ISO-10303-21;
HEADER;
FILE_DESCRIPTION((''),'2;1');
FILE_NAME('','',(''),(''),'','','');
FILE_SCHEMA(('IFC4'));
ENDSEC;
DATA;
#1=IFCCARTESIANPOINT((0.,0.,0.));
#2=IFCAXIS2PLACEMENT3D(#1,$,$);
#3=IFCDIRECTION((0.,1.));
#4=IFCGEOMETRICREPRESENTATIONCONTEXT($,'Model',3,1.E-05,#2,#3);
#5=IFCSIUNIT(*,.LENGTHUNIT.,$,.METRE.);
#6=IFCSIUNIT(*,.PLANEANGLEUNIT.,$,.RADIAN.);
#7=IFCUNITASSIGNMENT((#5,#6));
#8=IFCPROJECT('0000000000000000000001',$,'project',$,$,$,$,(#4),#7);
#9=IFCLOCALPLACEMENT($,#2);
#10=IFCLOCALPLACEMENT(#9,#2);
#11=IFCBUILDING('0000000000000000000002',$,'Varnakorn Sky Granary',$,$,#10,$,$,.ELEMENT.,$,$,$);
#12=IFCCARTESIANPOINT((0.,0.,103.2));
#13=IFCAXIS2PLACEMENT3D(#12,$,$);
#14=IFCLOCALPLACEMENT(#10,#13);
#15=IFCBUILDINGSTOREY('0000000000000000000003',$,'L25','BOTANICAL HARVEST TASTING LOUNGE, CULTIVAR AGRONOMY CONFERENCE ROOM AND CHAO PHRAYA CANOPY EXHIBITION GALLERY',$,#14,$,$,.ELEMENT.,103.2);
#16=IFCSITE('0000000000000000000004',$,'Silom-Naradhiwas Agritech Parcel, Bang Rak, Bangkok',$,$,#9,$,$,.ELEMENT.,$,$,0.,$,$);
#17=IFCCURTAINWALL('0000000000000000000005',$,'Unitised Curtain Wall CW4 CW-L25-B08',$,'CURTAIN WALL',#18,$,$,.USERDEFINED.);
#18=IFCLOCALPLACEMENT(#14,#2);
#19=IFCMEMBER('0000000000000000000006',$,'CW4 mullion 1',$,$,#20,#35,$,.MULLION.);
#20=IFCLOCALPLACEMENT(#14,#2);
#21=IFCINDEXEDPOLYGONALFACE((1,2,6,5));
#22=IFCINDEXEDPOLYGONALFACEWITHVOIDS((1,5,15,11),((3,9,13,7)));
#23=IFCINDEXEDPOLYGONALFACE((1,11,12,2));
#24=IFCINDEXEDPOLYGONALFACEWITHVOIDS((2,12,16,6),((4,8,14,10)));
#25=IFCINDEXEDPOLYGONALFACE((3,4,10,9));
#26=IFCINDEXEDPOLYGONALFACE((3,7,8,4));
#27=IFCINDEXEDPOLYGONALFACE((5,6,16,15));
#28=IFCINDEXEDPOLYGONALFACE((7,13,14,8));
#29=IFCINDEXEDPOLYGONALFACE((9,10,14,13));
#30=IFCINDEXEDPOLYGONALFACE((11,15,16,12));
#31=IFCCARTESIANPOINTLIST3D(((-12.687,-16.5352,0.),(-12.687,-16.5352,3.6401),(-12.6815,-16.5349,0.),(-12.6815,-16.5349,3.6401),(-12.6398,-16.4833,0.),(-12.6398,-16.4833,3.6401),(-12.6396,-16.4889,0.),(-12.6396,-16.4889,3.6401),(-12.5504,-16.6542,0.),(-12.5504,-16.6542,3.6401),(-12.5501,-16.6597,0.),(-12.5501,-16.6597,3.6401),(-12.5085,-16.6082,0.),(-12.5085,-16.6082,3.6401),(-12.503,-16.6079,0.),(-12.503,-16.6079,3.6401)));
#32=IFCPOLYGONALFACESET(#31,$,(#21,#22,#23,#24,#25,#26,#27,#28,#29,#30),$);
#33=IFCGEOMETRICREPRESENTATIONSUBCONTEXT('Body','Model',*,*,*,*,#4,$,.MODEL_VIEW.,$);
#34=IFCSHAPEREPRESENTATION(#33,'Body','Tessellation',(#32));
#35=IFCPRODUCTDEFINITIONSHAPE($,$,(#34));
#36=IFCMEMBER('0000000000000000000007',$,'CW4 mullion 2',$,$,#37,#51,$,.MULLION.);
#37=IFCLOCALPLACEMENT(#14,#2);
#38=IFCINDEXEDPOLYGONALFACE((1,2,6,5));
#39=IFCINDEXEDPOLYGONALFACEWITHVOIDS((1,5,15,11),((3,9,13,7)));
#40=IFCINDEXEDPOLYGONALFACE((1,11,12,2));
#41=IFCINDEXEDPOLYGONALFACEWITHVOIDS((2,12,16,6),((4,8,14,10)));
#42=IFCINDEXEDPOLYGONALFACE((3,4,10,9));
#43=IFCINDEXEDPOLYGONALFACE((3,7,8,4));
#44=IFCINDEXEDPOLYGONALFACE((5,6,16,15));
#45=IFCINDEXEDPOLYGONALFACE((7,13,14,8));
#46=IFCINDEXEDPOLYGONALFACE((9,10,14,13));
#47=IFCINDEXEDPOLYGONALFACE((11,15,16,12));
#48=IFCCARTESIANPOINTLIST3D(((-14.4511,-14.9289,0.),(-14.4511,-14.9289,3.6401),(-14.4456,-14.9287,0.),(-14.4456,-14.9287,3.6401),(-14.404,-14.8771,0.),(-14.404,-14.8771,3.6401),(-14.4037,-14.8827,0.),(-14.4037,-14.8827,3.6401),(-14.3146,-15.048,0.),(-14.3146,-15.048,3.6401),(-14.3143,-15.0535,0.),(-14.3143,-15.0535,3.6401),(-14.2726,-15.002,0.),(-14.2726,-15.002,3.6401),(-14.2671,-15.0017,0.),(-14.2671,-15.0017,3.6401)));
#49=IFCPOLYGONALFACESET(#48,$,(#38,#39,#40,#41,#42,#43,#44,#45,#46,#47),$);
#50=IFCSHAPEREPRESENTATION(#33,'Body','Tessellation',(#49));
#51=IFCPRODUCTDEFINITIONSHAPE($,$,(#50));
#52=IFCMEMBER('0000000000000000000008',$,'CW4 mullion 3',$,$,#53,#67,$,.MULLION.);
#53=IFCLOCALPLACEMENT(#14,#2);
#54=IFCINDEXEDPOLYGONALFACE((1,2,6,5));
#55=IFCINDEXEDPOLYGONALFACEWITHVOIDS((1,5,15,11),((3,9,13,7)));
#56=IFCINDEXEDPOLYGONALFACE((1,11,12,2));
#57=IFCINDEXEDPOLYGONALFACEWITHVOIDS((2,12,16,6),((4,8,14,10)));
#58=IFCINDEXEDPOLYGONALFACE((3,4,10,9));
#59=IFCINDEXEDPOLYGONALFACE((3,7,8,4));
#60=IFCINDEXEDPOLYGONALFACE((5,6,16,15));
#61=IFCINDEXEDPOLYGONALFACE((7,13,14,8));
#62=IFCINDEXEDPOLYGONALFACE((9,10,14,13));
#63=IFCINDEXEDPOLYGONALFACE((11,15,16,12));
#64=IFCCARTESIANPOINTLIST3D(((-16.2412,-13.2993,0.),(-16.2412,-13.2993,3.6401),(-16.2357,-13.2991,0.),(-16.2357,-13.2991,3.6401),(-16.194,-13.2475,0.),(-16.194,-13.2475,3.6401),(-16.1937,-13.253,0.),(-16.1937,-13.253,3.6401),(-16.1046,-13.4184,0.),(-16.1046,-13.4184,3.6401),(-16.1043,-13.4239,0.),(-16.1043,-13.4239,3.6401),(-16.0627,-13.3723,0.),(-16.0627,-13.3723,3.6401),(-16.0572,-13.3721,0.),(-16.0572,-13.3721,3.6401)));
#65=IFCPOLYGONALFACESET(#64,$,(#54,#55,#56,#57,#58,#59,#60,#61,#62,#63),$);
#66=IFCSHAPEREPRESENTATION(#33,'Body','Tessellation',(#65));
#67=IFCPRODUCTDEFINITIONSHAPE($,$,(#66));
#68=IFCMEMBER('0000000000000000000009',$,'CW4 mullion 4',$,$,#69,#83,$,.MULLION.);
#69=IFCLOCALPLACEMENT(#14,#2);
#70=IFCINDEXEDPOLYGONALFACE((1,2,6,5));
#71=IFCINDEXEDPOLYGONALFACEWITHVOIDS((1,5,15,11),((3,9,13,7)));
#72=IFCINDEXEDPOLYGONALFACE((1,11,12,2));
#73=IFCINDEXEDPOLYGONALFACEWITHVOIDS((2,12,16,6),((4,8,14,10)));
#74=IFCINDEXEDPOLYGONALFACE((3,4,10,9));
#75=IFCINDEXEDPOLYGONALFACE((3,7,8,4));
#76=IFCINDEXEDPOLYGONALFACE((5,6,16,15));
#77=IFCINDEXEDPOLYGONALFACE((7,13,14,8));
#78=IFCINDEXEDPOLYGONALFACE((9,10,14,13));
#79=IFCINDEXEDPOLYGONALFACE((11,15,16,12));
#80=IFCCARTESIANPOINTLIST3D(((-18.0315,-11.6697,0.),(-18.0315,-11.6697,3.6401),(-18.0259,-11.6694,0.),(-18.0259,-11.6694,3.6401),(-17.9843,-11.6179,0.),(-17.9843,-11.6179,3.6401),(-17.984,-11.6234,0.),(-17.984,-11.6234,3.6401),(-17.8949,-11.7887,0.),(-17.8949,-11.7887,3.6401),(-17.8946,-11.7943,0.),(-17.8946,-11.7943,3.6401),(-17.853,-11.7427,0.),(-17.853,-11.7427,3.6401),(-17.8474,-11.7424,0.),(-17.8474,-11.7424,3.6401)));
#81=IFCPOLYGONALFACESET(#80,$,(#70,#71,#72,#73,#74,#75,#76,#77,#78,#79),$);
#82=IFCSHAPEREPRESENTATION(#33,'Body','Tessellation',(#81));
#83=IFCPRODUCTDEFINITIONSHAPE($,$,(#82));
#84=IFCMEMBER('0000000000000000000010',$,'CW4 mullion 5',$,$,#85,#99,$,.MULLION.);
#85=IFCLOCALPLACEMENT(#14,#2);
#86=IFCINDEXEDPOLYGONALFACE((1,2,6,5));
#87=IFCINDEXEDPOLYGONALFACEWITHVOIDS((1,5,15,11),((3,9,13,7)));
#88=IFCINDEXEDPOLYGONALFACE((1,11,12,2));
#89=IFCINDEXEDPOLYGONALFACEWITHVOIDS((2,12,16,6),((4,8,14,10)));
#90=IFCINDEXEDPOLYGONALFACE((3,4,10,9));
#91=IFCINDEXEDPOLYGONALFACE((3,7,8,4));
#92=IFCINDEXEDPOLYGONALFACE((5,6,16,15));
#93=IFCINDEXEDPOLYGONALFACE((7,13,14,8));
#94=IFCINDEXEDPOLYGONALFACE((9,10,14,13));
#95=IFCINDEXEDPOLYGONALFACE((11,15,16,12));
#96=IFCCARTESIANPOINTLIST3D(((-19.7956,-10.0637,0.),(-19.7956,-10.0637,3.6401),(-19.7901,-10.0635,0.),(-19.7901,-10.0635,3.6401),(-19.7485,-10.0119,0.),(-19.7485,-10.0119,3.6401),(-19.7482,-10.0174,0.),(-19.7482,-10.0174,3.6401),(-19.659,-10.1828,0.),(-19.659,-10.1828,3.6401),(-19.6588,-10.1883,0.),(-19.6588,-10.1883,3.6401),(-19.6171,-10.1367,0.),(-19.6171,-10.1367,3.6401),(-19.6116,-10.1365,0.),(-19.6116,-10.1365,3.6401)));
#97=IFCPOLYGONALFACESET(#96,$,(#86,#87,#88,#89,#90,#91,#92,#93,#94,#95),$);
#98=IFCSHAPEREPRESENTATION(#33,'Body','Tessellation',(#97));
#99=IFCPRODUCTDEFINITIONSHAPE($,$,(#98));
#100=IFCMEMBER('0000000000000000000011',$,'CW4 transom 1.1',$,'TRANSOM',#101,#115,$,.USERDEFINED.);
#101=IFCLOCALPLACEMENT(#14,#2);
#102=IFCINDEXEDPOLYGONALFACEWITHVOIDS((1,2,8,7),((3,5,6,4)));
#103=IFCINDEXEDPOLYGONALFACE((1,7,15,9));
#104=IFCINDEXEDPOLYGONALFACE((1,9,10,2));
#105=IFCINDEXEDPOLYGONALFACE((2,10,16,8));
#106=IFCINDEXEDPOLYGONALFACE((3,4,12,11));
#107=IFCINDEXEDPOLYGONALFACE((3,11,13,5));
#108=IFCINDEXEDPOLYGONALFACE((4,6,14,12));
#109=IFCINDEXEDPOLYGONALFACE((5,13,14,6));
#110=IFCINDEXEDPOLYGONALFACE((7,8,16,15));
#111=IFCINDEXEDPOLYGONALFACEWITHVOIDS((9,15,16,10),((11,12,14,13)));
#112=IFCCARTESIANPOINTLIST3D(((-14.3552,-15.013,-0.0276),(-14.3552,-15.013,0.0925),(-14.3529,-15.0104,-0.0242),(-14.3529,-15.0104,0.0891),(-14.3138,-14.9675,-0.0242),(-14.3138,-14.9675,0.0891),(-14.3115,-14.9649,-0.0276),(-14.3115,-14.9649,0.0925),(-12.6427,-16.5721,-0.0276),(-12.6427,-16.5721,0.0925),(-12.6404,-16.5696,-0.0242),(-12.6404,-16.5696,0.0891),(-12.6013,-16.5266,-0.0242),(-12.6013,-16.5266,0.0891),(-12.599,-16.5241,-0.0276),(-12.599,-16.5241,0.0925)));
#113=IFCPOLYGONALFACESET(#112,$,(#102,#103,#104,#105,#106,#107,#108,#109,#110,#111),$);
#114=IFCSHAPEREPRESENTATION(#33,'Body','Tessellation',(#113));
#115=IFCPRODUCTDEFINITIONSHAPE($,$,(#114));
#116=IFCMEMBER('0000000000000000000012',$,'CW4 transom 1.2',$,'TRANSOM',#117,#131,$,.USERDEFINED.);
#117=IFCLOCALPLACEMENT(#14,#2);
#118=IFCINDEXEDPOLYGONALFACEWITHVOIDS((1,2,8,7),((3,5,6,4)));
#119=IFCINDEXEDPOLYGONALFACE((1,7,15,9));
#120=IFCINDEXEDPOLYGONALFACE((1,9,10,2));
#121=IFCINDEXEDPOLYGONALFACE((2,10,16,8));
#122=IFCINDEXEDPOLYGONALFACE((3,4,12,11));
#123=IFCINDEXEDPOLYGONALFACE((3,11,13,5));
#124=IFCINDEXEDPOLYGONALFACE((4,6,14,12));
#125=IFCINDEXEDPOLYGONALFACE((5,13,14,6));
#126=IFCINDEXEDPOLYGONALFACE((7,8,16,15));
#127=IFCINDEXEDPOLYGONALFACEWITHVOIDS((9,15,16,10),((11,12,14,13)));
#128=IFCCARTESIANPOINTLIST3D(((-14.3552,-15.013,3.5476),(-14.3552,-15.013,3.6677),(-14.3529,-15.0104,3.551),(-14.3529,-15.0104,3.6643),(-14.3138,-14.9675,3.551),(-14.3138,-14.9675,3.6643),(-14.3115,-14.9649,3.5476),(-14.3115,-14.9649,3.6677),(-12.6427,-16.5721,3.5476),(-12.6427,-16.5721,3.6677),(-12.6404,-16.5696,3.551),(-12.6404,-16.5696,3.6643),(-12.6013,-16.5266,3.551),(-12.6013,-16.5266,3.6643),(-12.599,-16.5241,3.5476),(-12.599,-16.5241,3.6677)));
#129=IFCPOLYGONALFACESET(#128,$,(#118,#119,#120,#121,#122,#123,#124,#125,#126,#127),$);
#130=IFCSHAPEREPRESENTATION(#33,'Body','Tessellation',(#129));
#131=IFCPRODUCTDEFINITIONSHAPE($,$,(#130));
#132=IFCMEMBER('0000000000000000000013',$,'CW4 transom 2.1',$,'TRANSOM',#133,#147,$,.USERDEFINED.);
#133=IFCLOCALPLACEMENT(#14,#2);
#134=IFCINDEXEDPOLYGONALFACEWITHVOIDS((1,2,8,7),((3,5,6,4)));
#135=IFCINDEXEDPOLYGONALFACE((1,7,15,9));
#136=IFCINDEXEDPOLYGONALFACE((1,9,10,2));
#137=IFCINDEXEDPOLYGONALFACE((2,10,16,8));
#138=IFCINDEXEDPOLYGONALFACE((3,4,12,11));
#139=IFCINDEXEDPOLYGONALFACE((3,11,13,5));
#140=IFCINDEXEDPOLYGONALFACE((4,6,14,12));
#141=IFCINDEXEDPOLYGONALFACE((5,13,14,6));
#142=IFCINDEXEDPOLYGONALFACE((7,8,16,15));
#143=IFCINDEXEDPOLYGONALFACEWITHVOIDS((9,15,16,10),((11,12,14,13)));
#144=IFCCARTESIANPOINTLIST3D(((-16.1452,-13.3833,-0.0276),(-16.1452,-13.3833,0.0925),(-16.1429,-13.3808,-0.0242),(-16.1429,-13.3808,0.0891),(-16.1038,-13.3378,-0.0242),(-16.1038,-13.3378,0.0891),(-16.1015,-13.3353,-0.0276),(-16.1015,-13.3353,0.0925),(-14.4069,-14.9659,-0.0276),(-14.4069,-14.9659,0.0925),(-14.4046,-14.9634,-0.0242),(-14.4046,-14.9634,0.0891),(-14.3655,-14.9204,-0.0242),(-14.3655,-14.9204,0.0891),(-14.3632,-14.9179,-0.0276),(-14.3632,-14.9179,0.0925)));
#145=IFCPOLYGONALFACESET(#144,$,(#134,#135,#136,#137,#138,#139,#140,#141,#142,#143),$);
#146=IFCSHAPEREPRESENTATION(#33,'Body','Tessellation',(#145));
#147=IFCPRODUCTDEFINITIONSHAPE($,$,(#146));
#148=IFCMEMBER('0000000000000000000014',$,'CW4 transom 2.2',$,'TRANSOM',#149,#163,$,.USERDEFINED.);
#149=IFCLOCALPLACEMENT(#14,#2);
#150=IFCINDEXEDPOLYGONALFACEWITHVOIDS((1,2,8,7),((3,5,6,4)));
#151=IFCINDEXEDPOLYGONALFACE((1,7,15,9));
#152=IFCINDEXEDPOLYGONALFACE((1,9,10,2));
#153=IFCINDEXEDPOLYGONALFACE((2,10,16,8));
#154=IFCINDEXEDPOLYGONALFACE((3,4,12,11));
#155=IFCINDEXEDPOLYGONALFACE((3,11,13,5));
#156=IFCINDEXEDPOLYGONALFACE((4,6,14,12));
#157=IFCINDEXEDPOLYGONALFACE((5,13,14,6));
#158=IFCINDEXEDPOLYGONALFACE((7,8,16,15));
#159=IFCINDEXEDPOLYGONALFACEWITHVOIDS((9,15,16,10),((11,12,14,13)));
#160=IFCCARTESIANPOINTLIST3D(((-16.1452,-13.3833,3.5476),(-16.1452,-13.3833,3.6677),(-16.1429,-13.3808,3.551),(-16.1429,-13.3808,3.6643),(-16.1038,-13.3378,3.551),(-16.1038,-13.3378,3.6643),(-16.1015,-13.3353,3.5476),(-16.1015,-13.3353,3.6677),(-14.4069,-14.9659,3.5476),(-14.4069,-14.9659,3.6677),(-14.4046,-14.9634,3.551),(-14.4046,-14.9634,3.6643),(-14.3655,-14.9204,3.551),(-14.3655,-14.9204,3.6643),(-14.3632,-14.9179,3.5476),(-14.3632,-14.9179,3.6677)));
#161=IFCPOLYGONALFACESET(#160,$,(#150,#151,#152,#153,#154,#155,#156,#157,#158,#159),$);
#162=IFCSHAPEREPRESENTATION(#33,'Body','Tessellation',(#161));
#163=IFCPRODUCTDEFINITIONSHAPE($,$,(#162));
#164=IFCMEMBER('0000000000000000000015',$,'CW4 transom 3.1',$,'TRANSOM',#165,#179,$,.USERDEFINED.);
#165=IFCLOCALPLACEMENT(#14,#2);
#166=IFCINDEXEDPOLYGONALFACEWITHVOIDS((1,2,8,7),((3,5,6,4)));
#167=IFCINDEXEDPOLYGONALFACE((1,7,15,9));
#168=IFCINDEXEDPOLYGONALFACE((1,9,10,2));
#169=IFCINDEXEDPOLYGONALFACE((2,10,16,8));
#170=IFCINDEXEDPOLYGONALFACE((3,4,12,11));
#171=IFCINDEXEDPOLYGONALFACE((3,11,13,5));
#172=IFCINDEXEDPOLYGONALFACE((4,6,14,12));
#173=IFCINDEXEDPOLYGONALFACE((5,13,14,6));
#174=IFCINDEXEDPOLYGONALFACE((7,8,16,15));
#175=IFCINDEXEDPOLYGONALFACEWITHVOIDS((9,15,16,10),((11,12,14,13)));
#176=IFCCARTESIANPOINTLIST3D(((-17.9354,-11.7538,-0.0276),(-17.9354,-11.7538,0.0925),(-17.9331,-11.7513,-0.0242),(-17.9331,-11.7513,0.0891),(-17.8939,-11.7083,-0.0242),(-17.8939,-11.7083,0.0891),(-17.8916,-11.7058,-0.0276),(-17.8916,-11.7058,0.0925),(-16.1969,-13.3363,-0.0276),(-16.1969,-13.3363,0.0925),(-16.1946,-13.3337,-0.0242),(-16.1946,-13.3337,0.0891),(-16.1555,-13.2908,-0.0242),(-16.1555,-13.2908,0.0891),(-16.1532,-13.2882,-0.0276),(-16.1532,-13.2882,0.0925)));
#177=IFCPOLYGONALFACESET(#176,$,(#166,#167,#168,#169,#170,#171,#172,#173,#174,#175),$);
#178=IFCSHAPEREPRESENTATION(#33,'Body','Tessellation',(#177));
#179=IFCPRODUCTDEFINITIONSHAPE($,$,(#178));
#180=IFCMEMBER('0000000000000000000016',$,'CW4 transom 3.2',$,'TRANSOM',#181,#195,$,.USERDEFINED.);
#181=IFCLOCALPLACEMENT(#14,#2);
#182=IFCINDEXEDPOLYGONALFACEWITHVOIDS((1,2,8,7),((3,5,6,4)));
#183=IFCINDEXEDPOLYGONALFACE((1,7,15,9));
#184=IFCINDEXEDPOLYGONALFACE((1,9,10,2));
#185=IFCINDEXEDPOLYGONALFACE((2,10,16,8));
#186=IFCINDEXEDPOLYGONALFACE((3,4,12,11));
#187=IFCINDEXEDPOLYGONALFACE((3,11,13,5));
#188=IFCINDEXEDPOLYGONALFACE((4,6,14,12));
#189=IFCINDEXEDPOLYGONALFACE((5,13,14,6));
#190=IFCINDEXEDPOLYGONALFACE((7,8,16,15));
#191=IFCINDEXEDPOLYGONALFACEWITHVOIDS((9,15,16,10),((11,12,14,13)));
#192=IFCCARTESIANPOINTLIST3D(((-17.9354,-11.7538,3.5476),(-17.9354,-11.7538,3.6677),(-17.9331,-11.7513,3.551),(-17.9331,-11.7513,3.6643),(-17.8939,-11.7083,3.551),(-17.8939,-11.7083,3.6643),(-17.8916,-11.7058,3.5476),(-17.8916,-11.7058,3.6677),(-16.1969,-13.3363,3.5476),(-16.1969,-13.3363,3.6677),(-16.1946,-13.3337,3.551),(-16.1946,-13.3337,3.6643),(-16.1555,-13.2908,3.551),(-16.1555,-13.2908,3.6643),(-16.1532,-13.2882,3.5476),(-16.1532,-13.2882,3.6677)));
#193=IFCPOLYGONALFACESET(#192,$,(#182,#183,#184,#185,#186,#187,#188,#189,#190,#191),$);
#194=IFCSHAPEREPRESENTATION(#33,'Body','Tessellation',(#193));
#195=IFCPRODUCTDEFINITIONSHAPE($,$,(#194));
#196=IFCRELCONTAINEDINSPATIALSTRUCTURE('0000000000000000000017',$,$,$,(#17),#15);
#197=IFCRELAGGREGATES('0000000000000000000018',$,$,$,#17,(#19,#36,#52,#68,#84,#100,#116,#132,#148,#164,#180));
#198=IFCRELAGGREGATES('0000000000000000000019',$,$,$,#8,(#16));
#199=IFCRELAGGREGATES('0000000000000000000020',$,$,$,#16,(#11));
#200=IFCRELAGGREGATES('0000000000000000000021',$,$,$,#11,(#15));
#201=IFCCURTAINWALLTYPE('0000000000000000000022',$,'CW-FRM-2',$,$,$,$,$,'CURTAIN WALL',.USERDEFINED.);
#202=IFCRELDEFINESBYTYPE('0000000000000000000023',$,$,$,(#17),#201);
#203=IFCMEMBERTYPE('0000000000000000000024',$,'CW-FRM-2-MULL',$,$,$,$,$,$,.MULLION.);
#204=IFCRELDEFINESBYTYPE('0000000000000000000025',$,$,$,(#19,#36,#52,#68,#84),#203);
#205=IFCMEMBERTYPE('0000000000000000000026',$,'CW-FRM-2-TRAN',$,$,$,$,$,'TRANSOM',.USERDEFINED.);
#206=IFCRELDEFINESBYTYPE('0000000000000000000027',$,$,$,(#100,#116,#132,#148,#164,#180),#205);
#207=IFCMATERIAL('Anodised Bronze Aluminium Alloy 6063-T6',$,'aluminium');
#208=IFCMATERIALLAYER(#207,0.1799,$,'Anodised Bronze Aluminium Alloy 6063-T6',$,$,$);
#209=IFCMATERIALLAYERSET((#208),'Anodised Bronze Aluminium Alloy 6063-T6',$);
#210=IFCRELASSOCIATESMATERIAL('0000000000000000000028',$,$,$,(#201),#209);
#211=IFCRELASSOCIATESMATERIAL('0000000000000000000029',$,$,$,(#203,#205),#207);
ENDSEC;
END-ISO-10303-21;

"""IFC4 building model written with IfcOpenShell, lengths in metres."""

from ifc_helpers import new_model, si_unit, direction, frame, origin, origin_2d, place, context, subcontext, project, spatial, hollow_rectangle, extrude, material, layer, layer_set, material_profile, profile_set, type_object, element, aggregate, save


model = new_model("IFC4")

# Units and contexts
model_context = context("Model", 3, precision=1e-05, world=origin(), true_north=direction((0.0, 1.0)))
body_context = subcontext(model_context, "Body", "Model", "MODEL_VIEW")
ifc_project = project(units=[si_unit("LENGTHUNIT", "METRE"), si_unit("PLANEANGLEUNIT", "RADIAN")], contexts=[model_context])

# Site, building, storey
site_placement = place(None, origin())
site = spatial("IfcSite", under=ifc_project, at=site_placement, Name="Silom-Naradhiwas Agritech Parcel, Bang Rak, Bangkok", CompositionType="ELEMENT", RefElevation=0.0)
building_placement = place(site_placement, origin())
building = spatial("IfcBuilding", under=site, at=building_placement, Name="Varnakorn Sky Granary", CompositionType="ELEMENT")
storey_placement = place(building_placement, frame((0.0, 0.0, 103.2)))
storey = spatial("IfcBuildingStorey", under=building, at=storey_placement, Name="L25", Description="BOTANICAL HARVEST TASTING LOUNGE, CULTIVAR AGRONOMY CONFERENCE ROOM AND CHAO PHRAYA CANOPY EXHIBITION GALLERY", CompositionType="ELEMENT", Elevation=103.2)

# Curtain wall, members
ifc_material_1 = material(Name="Anodised Bronze Aluminium Alloy 6063-T6", Category="aluminium")
ifc_layer_1 = layer(ifc_material_1, 0.1799, Name="Anodised Bronze Aluminium Alloy 6063-T6")
ifc_layer_set_1 = layer_set([ifc_layer_1], Name="Anodised Bronze Aluminium Alloy 6063-T6")
curtain_wall_type = type_object("IfcCurtainWallType", Name="CW-FRM-2", ElementType="CURTAIN WALL", PredefinedType="USERDEFINED", material=ifc_layer_set_1)
curtain_wall_placement = place(storey_placement, origin())
curtain_wall = element("IfcCurtainWall", 1, at=curtain_wall_placement, inside=storey, type_object=curtain_wall_type, Name="Unitised Curtain Wall CW4 CW-L25-B08", ObjectType="CURTAIN WALL", PredefinedType="USERDEFINED")
ifc_material_profile_1 = material_profile(ifc_material_1, hollow_rectangle(XDim=0.0701, YDim=0.1851, WallThickness=0.0039, at=origin_2d()), Name="ALU MULL 70x185")
ifc_profile_set_1 = profile_set([ifc_material_profile_1], Name="Anodised Bronze Aluminium Alloy 6063-T6")
member_type_1 = type_object("IfcMemberType", Name="CW-FRM-2-MULL", PredefinedType="MULLION", material=ifc_profile_set_1)
member_1_placement = place(storey_placement, frame((-12.595, -16.5715, 0.0), z_axis=(0.0, 0.0, 1.0), x_axis=(-0.673185, -0.739474, 0.0)))
member_1 = element("IfcMember", 2, at=member_1_placement, type_object=member_type_1, Name="CW4 mullion 1", PredefinedType="MULLION", context=body_context, shape_type="SweptSolid", body=[
    extrude(hollow_rectangle(XDim=0.0701, YDim=0.1851, WallThickness=0.0039, at=origin_2d()), origin(), (0.0, 0.0, 1.0), 3.6401),
])
member_2_placement = place(storey_placement, frame((-14.3591, -14.9653, 0.0), z_axis=(0.0, 0.0, 1.0), x_axis=(-0.673185, -0.739474, 0.0)))
member_2 = element("IfcMember", 3, at=member_2_placement, type_object=member_type_1, Name="CW4 mullion 2", PredefinedType="MULLION", context=body_context, shape_type="SweptSolid", body=[
    extrude(hollow_rectangle(XDim=0.0701, YDim=0.1851, WallThickness=0.0039, at=origin_2d()), origin(), (0.0, 0.0, 1.0), 3.6401),
])
member_3_placement = place(storey_placement, frame((-16.1492, -13.3357, 0.0), z_axis=(0.0, 0.0, 1.0), x_axis=(-0.673185, -0.739474, 0.0)))
member_3 = element("IfcMember", 4, at=member_3_placement, type_object=member_type_1, Name="CW4 mullion 3", PredefinedType="MULLION", context=body_context, shape_type="SweptSolid", body=[
    extrude(hollow_rectangle(XDim=0.0701, YDim=0.1851, WallThickness=0.0039, at=origin_2d()), origin(), (0.0, 0.0, 1.0), 3.6401),
])
member_4_placement = place(storey_placement, frame((-17.9395, -11.7061, 0.0), z_axis=(0.0, 0.0, 1.0), x_axis=(-0.673185, -0.739474, 0.0)))
member_4 = element("IfcMember", 5, at=member_4_placement, type_object=member_type_1, Name="CW4 mullion 4", PredefinedType="MULLION", context=body_context, shape_type="SweptSolid", body=[
    extrude(hollow_rectangle(XDim=0.0701, YDim=0.1851, WallThickness=0.0039, at=origin_2d()), origin(), (0.0, 0.0, 1.0), 3.6401),
])
member_5_placement = place(storey_placement, frame((-19.7036, -10.1001, 0.0), z_axis=(0.0, 0.0, 1.0), x_axis=(-0.673185, -0.739474, 0.0)))
member_5 = element("IfcMember", 6, at=member_5_placement, type_object=member_type_1, Name="CW4 mullion 5", PredefinedType="MULLION", context=body_context, shape_type="SweptSolid", body=[
    extrude(hollow_rectangle(XDim=0.0701, YDim=0.1851, WallThickness=0.0039, at=origin_2d()), origin(), (0.0, 0.0, 1.0), 3.6401),
])
ifc_material_profile_2 = material_profile(ifc_material_1, hollow_rectangle(XDim=0.0649, YDim=0.1201, WallThickness=0.0034, at=origin_2d()), Name="ALU TRAN 65x120")
ifc_profile_set_2 = profile_set([ifc_material_profile_2], Name="Anodised Bronze Aluminium Alloy 6063-T6")
member_type_2 = type_object("IfcMemberType", Name="CW-FRM-2-TRAN", ElementType="TRANSOM", PredefinedType="USERDEFINED", material=ifc_profile_set_2)
member_6_placement = place(storey_placement, frame((-12.6208, -16.5481, 0.0325), z_axis=(-0.739434, 0.673229, 0.0), x_axis=(-0.673229, -0.739434, 0.0)))
member_6 = element("IfcMember", 7, at=member_6_placement, type_object=member_type_2, Name="CW4 transom 1.1", ObjectType="TRANSOM", PredefinedType="USERDEFINED", context=body_context, shape_type="SweptSolid", body=[
    extrude(hollow_rectangle(XDim=0.0649, YDim=0.1201, WallThickness=0.0034, at=origin_2d()), origin(), (0.0, 0.0, 1.0), 2.3159),
])
member_7_placement = place(storey_placement, frame((-12.6208, -16.5481, 3.6077), z_axis=(-0.739434, 0.673229, 0.0), x_axis=(-0.673229, -0.739434, 0.0)))
member_7 = element("IfcMember", 8, at=member_7_placement, type_object=member_type_2, Name="CW4 transom 1.2", ObjectType="TRANSOM", PredefinedType="USERDEFINED", context=body_context, shape_type="SweptSolid", body=[
    extrude(hollow_rectangle(XDim=0.0649, YDim=0.1201, WallThickness=0.0034, at=origin_2d()), origin(), (0.0, 0.0, 1.0), 2.3159),
])
member_8_placement = place(storey_placement, frame((-14.385, -14.9419, 0.0325), z_axis=(-0.739461, 0.6732, 0.0), x_axis=(-0.6732, -0.739461, 0.0)))
member_8 = element("IfcMember", 9, at=member_8_placement, type_object=member_type_2, Name="CW4 transom 2.1", ObjectType="TRANSOM", PredefinedType="USERDEFINED", context=body_context, shape_type="SweptSolid", body=[
    extrude(hollow_rectangle(XDim=0.0649, YDim=0.1201, WallThickness=0.0034, at=origin_2d()), origin(), (0.0, 0.0, 1.0), 2.3508),
])
member_9_placement = place(storey_placement, frame((-14.385, -14.9419, 3.6077), z_axis=(-0.739461, 0.6732, 0.0), x_axis=(-0.6732, -0.739461, 0.0)))
member_9 = element("IfcMember", 10, at=member_9_placement, type_object=member_type_2, Name="CW4 transom 2.2", ObjectType="TRANSOM", PredefinedType="USERDEFINED", context=body_context, shape_type="SweptSolid", body=[
    extrude(hollow_rectangle(XDim=0.0649, YDim=0.1201, WallThickness=0.0034, at=origin_2d()), origin(), (0.0, 0.0, 1.0), 2.3508),
])
member_10_placement = place(storey_placement, frame((-16.175, -13.3123, 0.0325), z_axis=(-0.739508, 0.673148, 0.0), x_axis=(-0.673148, -0.739508, 0.0)))
member_10 = element("IfcMember", 11, at=member_10_placement, type_object=member_type_2, Name="CW4 transom 3.1", ObjectType="TRANSOM", PredefinedType="USERDEFINED", context=body_context, shape_type="SweptSolid", body=[
    extrude(hollow_rectangle(XDim=0.0649, YDim=0.1201, WallThickness=0.0034, at=origin_2d()), origin(), (0.0, 0.0, 1.0), 2.3508),
])
member_11_placement = place(storey_placement, frame((-16.175, -13.3123, 3.6077), z_axis=(-0.739508, 0.673148, 0.0), x_axis=(-0.673148, -0.739508, 0.0)))
member_11 = element("IfcMember", 12, at=member_11_placement, type_object=member_type_2, Name="CW4 transom 3.2", ObjectType="TRANSOM", PredefinedType="USERDEFINED", context=body_context, shape_type="SweptSolid", body=[
    extrude(hollow_rectangle(XDim=0.0649, YDim=0.1201, WallThickness=0.0034, at=origin_2d()), origin(), (0.0, 0.0, 1.0), 2.3508),
])

aggregate(curtain_wall, [member_1, member_2, member_3, member_4, member_5, member_6, member_7, member_8, member_9, member_10, member_11])

save(model, "model.ifc")
